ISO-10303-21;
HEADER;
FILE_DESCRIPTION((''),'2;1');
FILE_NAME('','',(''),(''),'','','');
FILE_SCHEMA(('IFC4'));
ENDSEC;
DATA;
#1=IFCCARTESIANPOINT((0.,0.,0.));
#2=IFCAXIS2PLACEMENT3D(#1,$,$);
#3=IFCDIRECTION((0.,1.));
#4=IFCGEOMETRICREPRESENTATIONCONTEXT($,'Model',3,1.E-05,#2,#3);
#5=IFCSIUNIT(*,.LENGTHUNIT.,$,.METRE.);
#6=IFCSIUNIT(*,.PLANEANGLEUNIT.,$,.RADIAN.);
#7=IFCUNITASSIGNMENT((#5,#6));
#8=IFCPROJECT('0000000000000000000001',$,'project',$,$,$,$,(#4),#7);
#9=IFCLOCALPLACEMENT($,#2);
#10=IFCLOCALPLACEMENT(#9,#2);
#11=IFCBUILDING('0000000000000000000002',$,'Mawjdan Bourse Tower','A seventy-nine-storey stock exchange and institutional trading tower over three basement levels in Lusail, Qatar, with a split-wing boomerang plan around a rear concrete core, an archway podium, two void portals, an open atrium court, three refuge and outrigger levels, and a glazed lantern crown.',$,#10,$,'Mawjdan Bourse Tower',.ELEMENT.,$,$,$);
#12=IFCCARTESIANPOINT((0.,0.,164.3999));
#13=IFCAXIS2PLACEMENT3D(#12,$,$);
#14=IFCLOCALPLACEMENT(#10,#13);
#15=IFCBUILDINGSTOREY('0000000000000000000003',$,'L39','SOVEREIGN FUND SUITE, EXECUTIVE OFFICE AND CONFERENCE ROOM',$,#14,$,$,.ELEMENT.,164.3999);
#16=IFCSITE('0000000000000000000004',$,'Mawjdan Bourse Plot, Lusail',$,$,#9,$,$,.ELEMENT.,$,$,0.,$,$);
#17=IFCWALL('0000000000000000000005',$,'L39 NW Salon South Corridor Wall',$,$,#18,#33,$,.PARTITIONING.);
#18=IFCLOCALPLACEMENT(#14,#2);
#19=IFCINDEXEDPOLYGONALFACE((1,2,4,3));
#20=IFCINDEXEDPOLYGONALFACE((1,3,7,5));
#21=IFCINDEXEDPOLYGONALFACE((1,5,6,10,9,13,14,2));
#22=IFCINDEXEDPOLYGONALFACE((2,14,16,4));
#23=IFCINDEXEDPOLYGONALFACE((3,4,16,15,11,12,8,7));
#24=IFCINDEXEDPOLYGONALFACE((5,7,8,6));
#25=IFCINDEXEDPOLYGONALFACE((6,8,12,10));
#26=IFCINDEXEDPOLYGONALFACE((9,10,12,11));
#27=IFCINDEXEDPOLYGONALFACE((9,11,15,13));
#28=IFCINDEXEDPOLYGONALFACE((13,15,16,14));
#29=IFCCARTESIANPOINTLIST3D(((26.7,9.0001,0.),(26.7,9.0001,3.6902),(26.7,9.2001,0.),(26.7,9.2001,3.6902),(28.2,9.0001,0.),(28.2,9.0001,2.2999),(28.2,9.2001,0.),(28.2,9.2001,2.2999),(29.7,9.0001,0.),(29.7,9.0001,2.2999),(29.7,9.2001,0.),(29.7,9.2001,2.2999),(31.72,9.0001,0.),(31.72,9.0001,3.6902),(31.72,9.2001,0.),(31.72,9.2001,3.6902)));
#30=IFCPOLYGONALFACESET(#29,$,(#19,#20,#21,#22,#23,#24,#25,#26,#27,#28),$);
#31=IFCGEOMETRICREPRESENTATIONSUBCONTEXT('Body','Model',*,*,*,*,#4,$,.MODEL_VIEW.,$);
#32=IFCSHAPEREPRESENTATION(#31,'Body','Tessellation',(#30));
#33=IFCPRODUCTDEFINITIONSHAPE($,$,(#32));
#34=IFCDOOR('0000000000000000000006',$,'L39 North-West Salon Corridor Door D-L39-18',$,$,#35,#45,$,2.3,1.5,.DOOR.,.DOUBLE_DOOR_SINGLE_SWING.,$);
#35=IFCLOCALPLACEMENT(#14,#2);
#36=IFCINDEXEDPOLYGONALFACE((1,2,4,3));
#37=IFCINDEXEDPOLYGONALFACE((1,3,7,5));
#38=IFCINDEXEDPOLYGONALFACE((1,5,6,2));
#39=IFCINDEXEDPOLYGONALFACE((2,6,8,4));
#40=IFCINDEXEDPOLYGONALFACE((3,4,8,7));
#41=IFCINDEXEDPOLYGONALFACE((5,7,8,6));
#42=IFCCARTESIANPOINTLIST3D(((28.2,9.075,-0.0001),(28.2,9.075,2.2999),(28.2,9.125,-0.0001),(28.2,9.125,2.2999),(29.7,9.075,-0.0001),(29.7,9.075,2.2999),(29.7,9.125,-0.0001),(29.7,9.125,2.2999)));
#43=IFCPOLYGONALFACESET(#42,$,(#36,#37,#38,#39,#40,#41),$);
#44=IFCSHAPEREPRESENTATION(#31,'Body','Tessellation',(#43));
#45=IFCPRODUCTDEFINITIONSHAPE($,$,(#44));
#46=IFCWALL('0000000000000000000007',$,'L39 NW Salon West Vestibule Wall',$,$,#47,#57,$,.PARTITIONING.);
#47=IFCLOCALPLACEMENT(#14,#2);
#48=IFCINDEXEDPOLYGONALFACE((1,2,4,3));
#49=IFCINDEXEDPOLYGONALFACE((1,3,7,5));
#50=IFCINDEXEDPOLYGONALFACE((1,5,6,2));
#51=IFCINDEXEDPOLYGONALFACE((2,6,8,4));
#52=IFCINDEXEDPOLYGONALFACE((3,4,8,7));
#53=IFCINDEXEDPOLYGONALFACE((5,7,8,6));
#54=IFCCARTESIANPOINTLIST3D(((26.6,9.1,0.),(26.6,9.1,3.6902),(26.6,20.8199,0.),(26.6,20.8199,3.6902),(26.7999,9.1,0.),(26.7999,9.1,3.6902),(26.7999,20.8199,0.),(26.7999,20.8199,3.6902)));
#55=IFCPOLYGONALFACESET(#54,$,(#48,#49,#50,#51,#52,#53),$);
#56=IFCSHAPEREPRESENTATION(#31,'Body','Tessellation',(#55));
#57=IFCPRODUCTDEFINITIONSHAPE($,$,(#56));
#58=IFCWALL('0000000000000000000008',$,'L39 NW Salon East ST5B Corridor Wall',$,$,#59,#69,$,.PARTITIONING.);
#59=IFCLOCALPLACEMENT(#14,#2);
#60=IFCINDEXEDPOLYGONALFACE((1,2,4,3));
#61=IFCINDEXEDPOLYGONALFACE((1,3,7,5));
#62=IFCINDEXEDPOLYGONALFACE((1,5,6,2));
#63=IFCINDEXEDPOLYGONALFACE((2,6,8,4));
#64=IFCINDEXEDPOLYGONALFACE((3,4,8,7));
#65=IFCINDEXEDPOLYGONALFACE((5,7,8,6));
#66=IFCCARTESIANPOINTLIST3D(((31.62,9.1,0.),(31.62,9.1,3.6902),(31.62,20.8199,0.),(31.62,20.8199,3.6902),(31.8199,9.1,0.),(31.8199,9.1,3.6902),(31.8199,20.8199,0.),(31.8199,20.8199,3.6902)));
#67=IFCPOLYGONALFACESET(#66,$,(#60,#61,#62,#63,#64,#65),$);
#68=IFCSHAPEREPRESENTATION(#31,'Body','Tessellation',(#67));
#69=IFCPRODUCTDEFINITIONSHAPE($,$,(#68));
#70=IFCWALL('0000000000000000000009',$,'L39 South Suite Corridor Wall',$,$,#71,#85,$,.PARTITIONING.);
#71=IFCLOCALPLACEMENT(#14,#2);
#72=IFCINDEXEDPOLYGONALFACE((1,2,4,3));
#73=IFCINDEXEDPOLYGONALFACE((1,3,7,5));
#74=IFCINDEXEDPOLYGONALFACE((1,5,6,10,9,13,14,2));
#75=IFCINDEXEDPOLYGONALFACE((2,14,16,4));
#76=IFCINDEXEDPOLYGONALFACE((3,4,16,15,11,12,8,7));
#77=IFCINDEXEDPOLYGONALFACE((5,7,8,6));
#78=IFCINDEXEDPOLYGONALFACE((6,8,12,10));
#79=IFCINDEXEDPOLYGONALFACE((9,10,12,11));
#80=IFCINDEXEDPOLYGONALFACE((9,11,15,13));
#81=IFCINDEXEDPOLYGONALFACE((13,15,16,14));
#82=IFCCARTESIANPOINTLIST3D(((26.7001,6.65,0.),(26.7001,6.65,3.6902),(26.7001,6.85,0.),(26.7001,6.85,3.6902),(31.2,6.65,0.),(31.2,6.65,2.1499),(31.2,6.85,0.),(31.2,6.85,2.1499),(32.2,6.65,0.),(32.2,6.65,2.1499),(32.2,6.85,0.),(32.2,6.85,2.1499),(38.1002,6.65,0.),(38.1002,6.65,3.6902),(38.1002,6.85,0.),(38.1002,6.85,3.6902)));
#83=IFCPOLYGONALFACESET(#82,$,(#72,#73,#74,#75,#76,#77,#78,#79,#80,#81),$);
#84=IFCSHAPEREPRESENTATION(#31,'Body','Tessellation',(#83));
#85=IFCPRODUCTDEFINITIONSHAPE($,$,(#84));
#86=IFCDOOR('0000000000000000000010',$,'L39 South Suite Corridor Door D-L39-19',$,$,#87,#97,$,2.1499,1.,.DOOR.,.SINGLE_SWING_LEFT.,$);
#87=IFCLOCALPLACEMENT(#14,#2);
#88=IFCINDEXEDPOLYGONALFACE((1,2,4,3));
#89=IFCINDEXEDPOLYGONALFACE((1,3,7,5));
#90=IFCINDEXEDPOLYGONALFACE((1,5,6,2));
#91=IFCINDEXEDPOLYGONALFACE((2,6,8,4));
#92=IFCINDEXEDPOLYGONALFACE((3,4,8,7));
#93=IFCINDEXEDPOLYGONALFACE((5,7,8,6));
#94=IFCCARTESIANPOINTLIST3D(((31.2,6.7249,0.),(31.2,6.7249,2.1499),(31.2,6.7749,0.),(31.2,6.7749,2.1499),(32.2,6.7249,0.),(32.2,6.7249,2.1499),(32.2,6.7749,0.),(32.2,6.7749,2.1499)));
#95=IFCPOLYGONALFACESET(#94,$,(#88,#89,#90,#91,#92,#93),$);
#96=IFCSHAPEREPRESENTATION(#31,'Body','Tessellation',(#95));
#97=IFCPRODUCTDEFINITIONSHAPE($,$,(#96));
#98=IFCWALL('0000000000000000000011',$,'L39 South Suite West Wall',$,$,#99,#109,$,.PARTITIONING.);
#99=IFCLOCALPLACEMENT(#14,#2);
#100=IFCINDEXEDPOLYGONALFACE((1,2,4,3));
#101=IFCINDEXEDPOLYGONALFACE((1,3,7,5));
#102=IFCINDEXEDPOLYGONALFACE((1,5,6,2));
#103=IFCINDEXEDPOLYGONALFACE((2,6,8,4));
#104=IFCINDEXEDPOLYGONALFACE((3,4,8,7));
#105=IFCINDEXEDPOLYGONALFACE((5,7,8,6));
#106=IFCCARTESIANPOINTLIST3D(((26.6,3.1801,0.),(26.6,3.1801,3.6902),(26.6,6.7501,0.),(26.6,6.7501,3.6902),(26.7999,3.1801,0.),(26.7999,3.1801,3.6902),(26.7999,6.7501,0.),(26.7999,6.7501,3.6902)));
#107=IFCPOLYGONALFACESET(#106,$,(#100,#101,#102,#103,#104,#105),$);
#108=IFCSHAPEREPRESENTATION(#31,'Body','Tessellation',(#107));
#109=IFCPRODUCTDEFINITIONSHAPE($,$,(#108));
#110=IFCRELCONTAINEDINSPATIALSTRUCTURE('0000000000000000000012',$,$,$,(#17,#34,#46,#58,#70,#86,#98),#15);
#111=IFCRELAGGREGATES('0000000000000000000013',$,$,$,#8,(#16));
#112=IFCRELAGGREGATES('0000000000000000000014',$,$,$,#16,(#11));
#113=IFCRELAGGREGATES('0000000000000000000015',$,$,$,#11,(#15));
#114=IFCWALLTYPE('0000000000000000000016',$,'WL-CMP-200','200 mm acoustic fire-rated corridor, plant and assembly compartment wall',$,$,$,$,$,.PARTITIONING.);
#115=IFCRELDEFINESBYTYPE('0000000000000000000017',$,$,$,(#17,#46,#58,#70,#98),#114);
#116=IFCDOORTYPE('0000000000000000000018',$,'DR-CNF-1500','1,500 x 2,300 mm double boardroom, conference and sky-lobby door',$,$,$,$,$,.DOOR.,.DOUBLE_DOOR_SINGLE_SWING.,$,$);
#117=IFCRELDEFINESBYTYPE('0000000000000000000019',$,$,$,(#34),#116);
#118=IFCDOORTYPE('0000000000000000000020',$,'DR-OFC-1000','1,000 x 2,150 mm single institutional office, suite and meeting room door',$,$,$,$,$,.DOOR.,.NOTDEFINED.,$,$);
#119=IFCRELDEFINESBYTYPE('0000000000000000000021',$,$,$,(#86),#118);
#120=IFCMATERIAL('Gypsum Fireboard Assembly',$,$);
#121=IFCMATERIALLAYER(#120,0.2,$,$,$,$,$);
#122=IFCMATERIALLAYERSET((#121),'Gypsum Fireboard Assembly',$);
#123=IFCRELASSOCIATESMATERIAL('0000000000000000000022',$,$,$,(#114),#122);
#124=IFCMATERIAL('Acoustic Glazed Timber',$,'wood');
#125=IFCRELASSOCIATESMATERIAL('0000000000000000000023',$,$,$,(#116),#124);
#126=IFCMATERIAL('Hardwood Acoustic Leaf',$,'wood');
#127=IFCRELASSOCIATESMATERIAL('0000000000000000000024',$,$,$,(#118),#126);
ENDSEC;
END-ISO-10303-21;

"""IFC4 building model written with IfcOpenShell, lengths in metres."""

from ifc_helpers import new_model, si_unit, direction, frame, frame_2d, origin, place, context, subcontext, project, spatial, rectangle, extrude, material, layer, layer_set, type_object, element, fill, save


model = new_model("IFC4")

# Units and contexts
model_context = context("Model", 3, precision=1e-05, world=origin(), true_north=direction((0.0, 1.0)))
body_context = subcontext(model_context, "Body", "Model", "MODEL_VIEW")
ifc_project = project(units=[si_unit("LENGTHUNIT", "METRE"), si_unit("PLANEANGLEUNIT", "RADIAN")], contexts=[model_context])

# Site, building, storey
site_placement = place(None, origin())
site = spatial("IfcSite", under=ifc_project, at=site_placement, Name="Mawjdan Bourse Plot, Lusail", CompositionType="ELEMENT", RefElevation=0.0)
building_placement = place(site_placement, origin())
building = spatial("IfcBuilding", under=site, at=building_placement, Name="Mawjdan Bourse Tower", Description="A seventy-nine-storey stock exchange and institutional trading tower over three basement levels in Lusail, Qatar, with a split-wing boomerang plan around a rear concrete core, an archway podium, two void portals, an open atrium court, three refuge and outrigger levels, and a glazed lantern crown.", LongName="Mawjdan Bourse Tower", CompositionType="ELEMENT")
storey_placement = place(building_placement, frame((0.0, 0.0, 164.3999)))
storey = spatial("IfcBuildingStorey", under=building, at=storey_placement, Name="L39", Description="SOVEREIGN FUND SUITE, EXECUTIVE OFFICE AND CONFERENCE ROOM", CompositionType="ELEMENT", Elevation=164.3999)

# Wall, opening, door
ifc_material_1 = material(Name="Gypsum Fireboard Assembly")
ifc_layer = layer(ifc_material_1, 0.2)
ifc_layer_set = layer_set([ifc_layer], Name="Gypsum Fireboard Assembly")
wall_type = type_object("IfcWallType", Name="WL-CMP-200", Description="200 mm acoustic fire-rated corridor, plant and assembly compartment wall", PredefinedType="PARTITIONING", material=ifc_layer_set)
wall_1_placement = place(storey_placement, frame((26.7, 9.1001, 0.0), z_axis=(0.0, 0.0, 1.0), x_axis=(1.0, 0.0, 0.0)))
wall_1 = element("IfcWall", 1, at=wall_1_placement, inside=storey, type_object=wall_type, Name="L39 NW Salon South Corridor Wall", PredefinedType="PARTITIONING", context=body_context, shape_type="SweptSolid", body=[
    extrude(rectangle(XDim=5.02, YDim=0.2, at=frame_2d((2.51, 0.0))), origin(), (0.0, 0.0, 1.0), 3.6902),
])
opening_1_placement = place(wall_1_placement, frame((1.5, 0.0, 0.0)))
opening_1 = element("IfcOpeningElement", 2, at=opening_1_placement, cuts=wall_1, PredefinedType="OPENING", context=body_context, shape_type="SweptSolid", body=[
    extrude(rectangle(XDim=1.5, YDim=2.3, at=frame_2d((0.75, 1.1499))), frame((0.0, 0.1099, 0.0), z_axis=(0.0, -1.0, 0.0), x_axis=(1.0, 0.0, 0.0)), (0.0, 0.0, 1.0), 0.22),
])
ifc_material_2 = material(Name="Acoustic Glazed Timber", Category="wood")
door_type_1 = type_object("IfcDoorType", Name="DR-CNF-1500", Description="1,500 x 2,300 mm double boardroom, conference and sky-lobby door", OperationType="DOUBLE_DOOR_SINGLE_SWING", PredefinedType="DOOR", material=ifc_material_2)
door_1_placement = place(opening_1_placement, origin())
door_1 = element("IfcDoor", 3, at=door_1_placement, inside=storey, type_object=door_type_1, Name="L39 North-West Salon Corridor Door D-L39-18", OperationType="DOUBLE_DOOR_SINGLE_SWING", OverallHeight=2.3, OverallWidth=1.5, PredefinedType="DOOR", context=body_context, shape_type="SweptSolid", body=[
    extrude(rectangle(XDim=1.5, YDim=2.3, at=frame_2d((0.75, 1.1499))), frame((0.0, 0.0249, 0.0), z_axis=(0.0, -1.0, 0.0), x_axis=(1.0, 0.0, 0.0)), (0.0, 0.0, 1.0), 0.05),
])
fill(opening_1, door_1)

# Walls
for number, where, z_axis, x_axis, name in (
    (4, (26.7, 9.1001, 0.0), (0.0, 0.0, 1.0), (0.0, 1.0, 0.0), "L39 NW Salon West Vestibule Wall"),
    (5, (31.72, 9.1001, 0.0), (0.0, 0.0, 1.0), (0.0, 1.0, 0.0), "L39 NW Salon East ST5B Corridor Wall"),
):
    element("IfcWall", number, at=place(storey_placement, frame(where, z_axis=z_axis, x_axis=x_axis)), inside=storey, type_object=wall_type, Name=name, PredefinedType="PARTITIONING", context=body_context, shape_type="SweptSolid", body=[
        extrude(rectangle(XDim=11.72, YDim=0.2, at=frame_2d((5.8599, 0.0))), origin(), (0.0, 0.0, 1.0), 3.6902),
    ])

# Wall, opening, door
wall_2_placement = place(storey_placement, frame((26.7, 6.75, 0.0), z_axis=(0.0, 0.0, 1.0), x_axis=(1.0, 0.0, 0.0)))
wall_2 = element("IfcWall", 6, at=wall_2_placement, inside=storey, type_object=wall_type, Name="L39 South Suite Corridor Wall", PredefinedType="PARTITIONING", context=body_context, shape_type="SweptSolid", body=[
    extrude(rectangle(XDim=11.4001, YDim=0.2, at=frame_2d((5.7002, 0.0))), origin(), (0.0, 0.0, 1.0), 3.6902),
])
opening_2_placement = place(wall_2_placement, frame((4.5, 0.0, 0.0)))
opening_2 = element("IfcOpeningElement", 7, at=opening_2_placement, cuts=wall_2, PredefinedType="OPENING", context=body_context, shape_type="SweptSolid", body=[
    extrude(rectangle(XDim=1.0, YDim=2.1499, at=frame_2d((0.5, 1.075))), frame((0.0, 0.1099, 0.0), z_axis=(0.0, -1.0, 0.0), x_axis=(1.0, 0.0, 0.0)), (0.0, 0.0, 1.0), 0.22),
])
ifc_material_3 = material(Name="Hardwood Acoustic Leaf", Category="wood")
door_type_2 = type_object("IfcDoorType", Name="DR-OFC-1000", Description="1,000 x 2,150 mm single institutional office, suite and meeting room door", OperationType="NOTDEFINED", PredefinedType="DOOR", material=ifc_material_3)
door_2_placement = place(opening_2_placement, origin())
door_2 = element("IfcDoor", 8, at=door_2_placement, inside=storey, type_object=door_type_2, Name="L39 South Suite Corridor Door D-L39-19", OperationType="SINGLE_SWING_LEFT", OverallHeight=2.1499, OverallWidth=1.0, PredefinedType="DOOR", context=body_context, shape_type="SweptSolid", body=[
    extrude(rectangle(XDim=1.0, YDim=2.1499, at=frame_2d((0.5, 1.075))), frame((0.0, 0.0249, 0.0), z_axis=(0.0, -1.0, 0.0), x_axis=(1.0, 0.0, 0.0)), (0.0, 0.0, 1.0), 0.05),
])
fill(opening_2, door_2)

# Wall
wall_3_placement = place(storey_placement, frame((26.7, 3.1799, 0.0), z_axis=(0.0, 0.0, 1.0), x_axis=(0.0, 1.0, 0.0)))
element("IfcWall", 9, at=wall_3_placement, inside=storey, type_object=wall_type, Name="L39 South Suite West Wall", PredefinedType="PARTITIONING", context=body_context, shape_type="SweptSolid", body=[
    extrude(rectangle(XDim=3.5701, YDim=0.2, at=frame_2d((1.7852, 0.0))), origin(), (0.0, 0.0, 1.0), 3.6902),
])

save(model, "model.ifc")
